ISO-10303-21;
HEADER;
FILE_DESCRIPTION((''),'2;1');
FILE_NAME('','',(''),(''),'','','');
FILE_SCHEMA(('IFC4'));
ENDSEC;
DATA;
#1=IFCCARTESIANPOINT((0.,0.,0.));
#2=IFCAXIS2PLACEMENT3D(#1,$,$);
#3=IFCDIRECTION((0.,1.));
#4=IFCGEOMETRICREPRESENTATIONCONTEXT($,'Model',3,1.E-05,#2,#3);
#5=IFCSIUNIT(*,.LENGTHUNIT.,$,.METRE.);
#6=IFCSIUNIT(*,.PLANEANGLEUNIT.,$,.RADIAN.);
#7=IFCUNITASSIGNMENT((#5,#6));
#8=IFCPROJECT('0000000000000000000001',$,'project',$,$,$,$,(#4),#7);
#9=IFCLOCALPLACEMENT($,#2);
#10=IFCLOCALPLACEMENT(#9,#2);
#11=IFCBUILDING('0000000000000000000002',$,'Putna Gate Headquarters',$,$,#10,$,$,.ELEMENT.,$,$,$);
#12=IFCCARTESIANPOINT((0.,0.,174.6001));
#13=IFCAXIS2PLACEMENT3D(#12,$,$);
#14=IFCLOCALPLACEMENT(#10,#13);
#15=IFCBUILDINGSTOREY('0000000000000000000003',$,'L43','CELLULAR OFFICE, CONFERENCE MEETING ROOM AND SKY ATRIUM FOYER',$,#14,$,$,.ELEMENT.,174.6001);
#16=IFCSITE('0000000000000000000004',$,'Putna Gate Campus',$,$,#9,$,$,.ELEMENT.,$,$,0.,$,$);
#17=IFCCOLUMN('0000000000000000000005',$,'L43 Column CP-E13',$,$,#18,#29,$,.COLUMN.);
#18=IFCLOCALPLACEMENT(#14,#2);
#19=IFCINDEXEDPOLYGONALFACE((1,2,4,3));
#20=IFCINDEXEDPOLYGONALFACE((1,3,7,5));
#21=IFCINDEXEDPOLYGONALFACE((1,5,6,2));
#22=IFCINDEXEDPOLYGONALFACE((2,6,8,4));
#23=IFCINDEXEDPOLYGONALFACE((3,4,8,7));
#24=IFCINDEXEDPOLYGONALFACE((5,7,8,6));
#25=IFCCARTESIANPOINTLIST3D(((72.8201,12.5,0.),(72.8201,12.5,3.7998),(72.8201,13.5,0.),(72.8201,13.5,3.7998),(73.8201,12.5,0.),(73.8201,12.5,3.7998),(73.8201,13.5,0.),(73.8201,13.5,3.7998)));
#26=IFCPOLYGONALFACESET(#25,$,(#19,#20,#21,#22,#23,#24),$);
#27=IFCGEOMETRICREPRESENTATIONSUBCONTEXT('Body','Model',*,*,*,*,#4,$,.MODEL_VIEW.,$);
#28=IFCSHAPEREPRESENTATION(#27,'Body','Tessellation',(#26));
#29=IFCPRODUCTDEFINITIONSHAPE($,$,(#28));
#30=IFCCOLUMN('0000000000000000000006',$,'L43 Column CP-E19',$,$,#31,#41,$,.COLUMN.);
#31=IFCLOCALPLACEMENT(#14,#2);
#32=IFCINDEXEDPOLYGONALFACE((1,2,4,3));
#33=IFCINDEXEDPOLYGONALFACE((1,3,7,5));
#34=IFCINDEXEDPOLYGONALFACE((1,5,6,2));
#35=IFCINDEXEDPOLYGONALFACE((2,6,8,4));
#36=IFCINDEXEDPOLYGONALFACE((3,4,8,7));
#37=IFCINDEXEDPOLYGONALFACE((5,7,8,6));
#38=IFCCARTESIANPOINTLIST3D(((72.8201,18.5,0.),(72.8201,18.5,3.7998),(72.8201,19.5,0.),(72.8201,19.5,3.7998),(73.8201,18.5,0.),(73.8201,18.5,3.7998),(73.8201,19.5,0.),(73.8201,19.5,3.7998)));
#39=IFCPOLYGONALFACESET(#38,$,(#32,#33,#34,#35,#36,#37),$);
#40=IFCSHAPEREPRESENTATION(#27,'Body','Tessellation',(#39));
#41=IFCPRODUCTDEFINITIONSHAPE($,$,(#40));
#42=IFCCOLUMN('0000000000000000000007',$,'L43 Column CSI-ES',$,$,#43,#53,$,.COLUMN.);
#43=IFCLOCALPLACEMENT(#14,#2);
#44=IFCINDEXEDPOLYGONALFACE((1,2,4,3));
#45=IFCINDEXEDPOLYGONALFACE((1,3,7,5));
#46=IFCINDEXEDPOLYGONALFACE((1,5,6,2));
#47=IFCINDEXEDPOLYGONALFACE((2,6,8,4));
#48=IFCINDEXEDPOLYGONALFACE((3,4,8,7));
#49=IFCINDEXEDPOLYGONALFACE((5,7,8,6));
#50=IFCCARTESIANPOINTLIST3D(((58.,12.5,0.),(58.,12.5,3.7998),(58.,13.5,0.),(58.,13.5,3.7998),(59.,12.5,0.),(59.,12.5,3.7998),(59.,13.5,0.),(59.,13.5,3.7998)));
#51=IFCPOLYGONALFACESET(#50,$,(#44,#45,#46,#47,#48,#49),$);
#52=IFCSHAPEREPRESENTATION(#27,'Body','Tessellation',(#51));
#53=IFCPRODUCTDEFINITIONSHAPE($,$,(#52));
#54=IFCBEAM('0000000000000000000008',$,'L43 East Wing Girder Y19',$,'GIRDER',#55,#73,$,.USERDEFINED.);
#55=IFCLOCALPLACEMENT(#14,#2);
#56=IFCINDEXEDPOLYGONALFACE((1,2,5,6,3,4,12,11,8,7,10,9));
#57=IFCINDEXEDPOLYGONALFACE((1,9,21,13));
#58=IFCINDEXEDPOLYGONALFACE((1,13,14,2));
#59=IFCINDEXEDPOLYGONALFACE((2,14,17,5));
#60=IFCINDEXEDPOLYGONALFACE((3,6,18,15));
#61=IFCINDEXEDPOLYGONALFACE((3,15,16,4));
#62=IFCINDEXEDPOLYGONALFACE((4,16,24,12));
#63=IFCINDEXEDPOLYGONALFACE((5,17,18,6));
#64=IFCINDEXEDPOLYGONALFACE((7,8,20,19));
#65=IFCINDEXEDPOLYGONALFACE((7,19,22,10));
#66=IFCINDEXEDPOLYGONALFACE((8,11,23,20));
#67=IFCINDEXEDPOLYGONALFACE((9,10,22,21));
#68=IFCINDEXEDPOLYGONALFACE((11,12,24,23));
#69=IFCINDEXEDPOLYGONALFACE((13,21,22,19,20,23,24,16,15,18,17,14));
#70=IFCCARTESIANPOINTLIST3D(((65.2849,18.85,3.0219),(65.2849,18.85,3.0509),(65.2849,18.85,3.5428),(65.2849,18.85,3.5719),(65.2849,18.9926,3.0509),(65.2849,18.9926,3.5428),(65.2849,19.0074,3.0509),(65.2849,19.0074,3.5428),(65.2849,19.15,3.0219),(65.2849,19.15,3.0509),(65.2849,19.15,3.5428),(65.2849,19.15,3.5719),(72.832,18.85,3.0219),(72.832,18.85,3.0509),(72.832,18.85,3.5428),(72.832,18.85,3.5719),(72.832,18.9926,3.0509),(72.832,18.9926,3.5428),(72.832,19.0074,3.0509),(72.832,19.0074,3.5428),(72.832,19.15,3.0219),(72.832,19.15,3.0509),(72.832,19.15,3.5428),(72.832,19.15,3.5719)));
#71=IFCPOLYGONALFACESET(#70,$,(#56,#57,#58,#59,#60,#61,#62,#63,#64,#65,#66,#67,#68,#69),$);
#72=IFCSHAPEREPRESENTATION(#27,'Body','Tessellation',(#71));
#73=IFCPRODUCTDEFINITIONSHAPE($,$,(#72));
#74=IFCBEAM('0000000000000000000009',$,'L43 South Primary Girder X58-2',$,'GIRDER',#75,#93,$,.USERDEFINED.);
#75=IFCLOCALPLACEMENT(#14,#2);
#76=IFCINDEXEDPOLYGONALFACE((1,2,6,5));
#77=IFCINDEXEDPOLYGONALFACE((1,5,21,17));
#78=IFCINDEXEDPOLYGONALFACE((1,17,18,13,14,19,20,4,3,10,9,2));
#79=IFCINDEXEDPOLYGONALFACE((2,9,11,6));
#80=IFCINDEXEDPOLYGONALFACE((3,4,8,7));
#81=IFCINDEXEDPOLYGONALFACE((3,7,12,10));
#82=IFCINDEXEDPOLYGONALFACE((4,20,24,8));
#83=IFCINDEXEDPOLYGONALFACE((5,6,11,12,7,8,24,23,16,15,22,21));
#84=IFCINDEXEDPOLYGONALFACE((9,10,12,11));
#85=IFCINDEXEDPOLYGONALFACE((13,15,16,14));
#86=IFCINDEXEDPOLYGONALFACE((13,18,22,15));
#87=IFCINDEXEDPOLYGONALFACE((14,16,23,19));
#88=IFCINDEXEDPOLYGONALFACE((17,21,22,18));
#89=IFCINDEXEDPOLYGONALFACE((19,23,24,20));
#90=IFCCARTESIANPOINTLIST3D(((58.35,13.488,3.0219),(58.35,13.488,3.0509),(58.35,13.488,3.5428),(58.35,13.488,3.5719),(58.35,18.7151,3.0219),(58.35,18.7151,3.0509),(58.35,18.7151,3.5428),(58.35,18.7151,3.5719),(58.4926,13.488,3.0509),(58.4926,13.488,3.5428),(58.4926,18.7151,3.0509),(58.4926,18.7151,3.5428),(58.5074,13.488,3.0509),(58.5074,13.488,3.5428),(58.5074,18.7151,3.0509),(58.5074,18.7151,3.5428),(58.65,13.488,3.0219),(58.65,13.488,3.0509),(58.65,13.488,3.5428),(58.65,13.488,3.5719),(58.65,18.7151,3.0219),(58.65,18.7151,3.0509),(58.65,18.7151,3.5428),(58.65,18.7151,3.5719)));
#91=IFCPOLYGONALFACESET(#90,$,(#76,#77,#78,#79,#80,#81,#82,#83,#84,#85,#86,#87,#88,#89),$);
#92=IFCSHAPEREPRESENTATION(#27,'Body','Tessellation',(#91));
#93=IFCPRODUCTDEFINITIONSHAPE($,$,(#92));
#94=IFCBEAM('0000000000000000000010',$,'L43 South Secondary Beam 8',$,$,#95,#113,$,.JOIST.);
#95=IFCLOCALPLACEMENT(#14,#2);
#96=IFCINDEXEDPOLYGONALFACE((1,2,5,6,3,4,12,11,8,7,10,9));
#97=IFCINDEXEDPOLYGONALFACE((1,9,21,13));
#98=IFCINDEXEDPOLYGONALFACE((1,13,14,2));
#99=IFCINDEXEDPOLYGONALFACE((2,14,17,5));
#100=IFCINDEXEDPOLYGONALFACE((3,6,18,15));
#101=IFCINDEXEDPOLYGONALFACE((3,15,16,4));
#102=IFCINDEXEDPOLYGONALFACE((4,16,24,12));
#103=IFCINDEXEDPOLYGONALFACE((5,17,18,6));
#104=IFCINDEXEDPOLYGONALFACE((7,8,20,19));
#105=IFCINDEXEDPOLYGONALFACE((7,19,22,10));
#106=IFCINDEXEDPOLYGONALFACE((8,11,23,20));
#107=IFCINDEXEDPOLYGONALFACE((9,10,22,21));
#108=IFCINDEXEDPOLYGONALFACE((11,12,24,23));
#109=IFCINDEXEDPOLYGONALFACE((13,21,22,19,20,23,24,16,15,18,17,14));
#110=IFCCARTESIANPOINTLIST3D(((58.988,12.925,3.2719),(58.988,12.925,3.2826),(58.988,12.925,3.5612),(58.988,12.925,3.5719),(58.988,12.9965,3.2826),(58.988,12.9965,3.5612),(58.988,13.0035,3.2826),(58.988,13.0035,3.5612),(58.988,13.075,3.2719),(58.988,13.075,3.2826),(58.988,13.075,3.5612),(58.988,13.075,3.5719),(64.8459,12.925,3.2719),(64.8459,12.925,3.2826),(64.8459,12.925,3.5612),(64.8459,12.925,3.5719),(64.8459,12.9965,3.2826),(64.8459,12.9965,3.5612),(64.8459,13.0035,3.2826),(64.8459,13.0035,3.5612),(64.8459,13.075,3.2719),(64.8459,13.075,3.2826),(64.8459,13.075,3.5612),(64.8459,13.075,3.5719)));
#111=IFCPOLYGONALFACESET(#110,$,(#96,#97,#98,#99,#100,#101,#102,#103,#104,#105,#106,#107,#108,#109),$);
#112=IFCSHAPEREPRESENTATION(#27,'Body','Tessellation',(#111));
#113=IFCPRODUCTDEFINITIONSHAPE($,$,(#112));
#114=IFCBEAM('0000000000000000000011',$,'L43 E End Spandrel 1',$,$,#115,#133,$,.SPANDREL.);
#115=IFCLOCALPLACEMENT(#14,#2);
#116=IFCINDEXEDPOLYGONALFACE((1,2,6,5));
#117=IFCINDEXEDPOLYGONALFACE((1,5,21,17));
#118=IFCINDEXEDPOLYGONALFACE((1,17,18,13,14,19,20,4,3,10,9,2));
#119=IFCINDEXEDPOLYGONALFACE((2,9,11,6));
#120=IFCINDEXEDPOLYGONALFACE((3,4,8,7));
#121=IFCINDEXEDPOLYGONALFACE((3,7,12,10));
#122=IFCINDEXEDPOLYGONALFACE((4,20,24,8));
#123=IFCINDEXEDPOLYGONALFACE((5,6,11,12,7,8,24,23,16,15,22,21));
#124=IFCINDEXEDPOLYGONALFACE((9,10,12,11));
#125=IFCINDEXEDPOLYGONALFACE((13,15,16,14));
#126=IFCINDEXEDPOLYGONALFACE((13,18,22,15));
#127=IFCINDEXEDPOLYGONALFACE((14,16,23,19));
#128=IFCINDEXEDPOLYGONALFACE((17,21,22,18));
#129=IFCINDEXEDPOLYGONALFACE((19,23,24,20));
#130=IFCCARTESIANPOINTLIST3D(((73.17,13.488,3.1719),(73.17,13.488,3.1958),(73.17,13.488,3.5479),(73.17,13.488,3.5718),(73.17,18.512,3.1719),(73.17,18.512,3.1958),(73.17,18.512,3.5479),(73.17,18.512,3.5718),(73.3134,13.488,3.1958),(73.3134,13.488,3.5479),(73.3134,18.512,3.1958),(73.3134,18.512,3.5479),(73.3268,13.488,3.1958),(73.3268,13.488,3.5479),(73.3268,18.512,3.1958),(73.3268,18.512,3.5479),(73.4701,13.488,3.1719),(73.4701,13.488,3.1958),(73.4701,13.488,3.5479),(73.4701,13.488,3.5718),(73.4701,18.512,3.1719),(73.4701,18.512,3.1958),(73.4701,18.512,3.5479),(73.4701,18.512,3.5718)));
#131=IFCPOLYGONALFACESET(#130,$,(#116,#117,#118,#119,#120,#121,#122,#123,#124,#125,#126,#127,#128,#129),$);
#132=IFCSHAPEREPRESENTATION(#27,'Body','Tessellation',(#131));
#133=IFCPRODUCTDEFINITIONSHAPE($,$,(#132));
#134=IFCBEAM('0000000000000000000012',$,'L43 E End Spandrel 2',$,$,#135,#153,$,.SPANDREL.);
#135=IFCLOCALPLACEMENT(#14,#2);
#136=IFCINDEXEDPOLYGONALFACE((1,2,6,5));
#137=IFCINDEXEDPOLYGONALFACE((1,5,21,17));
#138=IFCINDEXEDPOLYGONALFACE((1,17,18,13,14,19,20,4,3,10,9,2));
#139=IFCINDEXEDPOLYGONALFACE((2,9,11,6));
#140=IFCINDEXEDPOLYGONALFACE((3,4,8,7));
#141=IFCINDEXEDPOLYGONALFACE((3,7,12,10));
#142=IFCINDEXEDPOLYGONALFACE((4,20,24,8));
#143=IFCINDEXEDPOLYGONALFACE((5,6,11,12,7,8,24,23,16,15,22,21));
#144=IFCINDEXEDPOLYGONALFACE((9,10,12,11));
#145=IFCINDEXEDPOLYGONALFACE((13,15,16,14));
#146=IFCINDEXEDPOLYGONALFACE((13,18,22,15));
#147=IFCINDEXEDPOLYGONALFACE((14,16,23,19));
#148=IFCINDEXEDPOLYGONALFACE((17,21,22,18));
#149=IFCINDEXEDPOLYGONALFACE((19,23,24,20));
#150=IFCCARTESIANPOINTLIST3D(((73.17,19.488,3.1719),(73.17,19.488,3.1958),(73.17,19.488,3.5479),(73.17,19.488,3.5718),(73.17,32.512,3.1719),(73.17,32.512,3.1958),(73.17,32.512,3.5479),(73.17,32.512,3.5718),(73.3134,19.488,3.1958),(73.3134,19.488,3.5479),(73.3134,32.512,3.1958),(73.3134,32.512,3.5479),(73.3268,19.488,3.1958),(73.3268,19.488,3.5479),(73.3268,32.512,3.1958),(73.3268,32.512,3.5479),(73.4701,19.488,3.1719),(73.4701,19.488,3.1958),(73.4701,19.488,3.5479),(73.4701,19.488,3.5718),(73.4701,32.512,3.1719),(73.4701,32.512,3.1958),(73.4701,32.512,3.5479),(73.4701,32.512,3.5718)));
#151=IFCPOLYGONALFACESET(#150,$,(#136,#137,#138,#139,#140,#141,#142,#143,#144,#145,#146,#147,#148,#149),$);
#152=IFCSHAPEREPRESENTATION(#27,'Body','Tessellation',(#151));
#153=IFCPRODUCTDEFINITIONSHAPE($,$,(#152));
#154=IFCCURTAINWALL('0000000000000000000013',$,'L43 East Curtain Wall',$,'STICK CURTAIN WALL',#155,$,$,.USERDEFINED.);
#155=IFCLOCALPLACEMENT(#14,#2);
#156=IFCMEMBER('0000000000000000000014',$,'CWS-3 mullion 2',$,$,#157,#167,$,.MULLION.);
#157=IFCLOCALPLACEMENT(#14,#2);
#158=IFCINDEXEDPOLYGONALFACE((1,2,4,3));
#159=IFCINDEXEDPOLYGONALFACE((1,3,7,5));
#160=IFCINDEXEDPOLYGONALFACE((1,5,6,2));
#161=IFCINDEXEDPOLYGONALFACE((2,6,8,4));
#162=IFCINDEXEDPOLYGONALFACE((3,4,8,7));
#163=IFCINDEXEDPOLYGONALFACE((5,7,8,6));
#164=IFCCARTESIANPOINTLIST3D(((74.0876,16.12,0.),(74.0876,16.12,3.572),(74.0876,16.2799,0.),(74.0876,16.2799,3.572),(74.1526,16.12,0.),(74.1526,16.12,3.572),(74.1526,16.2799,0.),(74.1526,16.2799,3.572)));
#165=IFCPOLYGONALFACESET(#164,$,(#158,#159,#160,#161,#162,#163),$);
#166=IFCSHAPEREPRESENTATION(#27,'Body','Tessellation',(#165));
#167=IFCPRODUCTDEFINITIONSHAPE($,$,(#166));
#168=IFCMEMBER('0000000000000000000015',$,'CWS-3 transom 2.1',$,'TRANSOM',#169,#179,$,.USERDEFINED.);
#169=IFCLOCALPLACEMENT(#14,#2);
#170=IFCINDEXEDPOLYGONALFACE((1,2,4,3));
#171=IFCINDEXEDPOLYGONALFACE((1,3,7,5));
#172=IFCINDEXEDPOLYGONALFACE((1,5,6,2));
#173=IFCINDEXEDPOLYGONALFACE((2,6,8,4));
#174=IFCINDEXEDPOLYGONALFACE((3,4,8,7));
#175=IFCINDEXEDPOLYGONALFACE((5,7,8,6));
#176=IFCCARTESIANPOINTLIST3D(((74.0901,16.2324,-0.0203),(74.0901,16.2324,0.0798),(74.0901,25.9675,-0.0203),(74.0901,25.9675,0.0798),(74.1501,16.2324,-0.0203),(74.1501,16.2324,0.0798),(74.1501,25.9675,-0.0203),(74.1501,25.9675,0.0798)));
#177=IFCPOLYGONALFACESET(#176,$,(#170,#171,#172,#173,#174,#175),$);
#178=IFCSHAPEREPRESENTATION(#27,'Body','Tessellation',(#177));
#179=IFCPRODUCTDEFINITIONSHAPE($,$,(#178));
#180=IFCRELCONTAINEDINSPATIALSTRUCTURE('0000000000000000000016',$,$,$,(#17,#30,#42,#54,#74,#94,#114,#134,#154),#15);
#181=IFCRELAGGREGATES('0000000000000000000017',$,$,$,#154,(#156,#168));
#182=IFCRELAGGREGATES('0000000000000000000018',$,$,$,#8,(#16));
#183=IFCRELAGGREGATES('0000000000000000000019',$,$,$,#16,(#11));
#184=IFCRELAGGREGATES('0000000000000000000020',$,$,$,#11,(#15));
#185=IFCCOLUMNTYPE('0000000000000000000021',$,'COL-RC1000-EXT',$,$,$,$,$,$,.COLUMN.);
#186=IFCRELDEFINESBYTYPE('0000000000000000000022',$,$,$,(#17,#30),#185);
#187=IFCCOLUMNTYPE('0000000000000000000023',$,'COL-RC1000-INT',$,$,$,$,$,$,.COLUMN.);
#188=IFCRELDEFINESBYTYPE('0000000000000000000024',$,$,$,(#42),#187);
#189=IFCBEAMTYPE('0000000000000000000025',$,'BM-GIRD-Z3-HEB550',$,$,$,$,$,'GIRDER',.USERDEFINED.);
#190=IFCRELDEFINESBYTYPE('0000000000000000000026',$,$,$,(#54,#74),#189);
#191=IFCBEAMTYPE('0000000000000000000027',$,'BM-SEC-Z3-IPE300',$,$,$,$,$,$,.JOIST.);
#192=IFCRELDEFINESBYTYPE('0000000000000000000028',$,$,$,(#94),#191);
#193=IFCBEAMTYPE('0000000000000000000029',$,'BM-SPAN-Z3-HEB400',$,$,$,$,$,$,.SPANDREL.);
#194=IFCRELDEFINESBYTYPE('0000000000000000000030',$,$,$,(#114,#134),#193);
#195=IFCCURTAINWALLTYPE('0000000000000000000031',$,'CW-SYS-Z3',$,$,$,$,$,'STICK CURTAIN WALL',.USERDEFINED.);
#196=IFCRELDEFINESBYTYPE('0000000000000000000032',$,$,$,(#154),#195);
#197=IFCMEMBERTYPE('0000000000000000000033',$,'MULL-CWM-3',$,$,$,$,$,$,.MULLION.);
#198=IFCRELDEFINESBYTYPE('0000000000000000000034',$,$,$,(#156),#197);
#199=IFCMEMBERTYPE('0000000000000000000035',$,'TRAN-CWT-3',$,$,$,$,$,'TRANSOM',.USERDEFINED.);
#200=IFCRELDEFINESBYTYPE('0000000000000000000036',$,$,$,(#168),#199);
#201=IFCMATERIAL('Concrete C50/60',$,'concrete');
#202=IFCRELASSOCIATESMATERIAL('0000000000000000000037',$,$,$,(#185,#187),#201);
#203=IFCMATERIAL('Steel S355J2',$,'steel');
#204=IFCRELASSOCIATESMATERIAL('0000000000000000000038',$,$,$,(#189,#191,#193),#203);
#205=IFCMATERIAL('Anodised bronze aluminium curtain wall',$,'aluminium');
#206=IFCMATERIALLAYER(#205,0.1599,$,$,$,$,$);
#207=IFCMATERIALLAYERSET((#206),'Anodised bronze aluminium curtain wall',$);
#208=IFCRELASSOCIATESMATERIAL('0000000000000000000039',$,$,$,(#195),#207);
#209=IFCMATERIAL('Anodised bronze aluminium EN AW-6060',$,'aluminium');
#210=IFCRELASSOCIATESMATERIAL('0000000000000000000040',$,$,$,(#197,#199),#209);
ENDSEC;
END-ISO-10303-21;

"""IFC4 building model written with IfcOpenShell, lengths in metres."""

from ifc_helpers import new_model, si_unit, direction, frame, origin, origin_2d, place, context, subcontext, project, spatial, rectangle, i_section, extrude, material, layer, layer_set, material_profile, profile_set, type_object, element, aggregate, save


model = new_model("IFC4")

# Units and contexts
model_context = context("Model", 3, precision=1e-05, world=origin(), true_north=direction((0.0, 1.0)))
body_context = subcontext(model_context, "Body", "Model", "MODEL_VIEW")
ifc_project = project(units=[si_unit("LENGTHUNIT", "METRE"), si_unit("PLANEANGLEUNIT", "RADIAN")], contexts=[model_context])

# Site, building, storey
site_placement = place(None, origin())
site = spatial("IfcSite", under=ifc_project, at=site_placement, Name="Putna Gate Campus", CompositionType="ELEMENT", RefElevation=0.0)
building_placement = place(site_placement, origin())
building = spatial("IfcBuilding", under=site, at=building_placement, Name="Putna Gate Headquarters", CompositionType="ELEMENT")
storey_placement = place(building_placement, frame((0.0, 0.0, 174.6001)))
storey = spatial("IfcBuildingStorey", under=building, at=storey_placement, Name="L43", Description="CELLULAR OFFICE, CONFERENCE MEETING ROOM AND SKY ATRIUM FOYER", CompositionType="ELEMENT", Elevation=174.6001)

# Columns
ifc_material_1 = material(Name="Concrete C50/60", Category="concrete")
ifc_material_profile_1 = material_profile(ifc_material_1, rectangle(XDim=1.0, YDim=1.0, at=origin_2d()), Name="Concrete C50/60")
ifc_profile_set_1 = profile_set([ifc_material_profile_1], Name="Concrete C50/60")
column_type_1 = type_object("IfcColumnType", Name="COL-RC1000-EXT", PredefinedType="COLUMN", material=ifc_profile_set_1)
for number, where, z_axis, x_axis, name in (
    (1, (73.3201, 13.0, 0.0), (0.0, 0.0, 1.0), (1.0, 0.0, 0.0), "L43 Column CP-E13"),
    (2, (73.3201, 19.0, 0.0), (0.0, 0.0, 1.0), (1.0, 0.0, 0.0), "L43 Column CP-E19"),
):
    element("IfcColumn", number, at=place(storey_placement, frame(where, z_axis=z_axis, x_axis=x_axis)), inside=storey, type_object=column_type_1, Name=name, PredefinedType="COLUMN", context=body_context, shape_type="SweptSolid", body=[
        extrude(rectangle(XDim=1.0, YDim=1.0, at=origin_2d()), origin(), (0.0, 0.0, 1.0), 3.7998),
    ])
ifc_material_profile_2 = material_profile(ifc_material_1, rectangle(XDim=1.0, YDim=1.0, at=origin_2d()), Name="Concrete C50/60")
ifc_profile_set_2 = profile_set([ifc_material_profile_2], Name="Concrete C50/60")
column_type_2 = type_object("IfcColumnType", Name="COL-RC1000-INT", PredefinedType="COLUMN", material=ifc_profile_set_2)
column_placement = place(storey_placement, frame((58.5, 13.0, 0.0), z_axis=(0.0, 0.0, 1.0), x_axis=(1.0, 0.0, 0.0)))
element("IfcColumn", 3, at=column_placement, inside=storey, type_object=column_type_2, Name="L43 Column CSI-ES", PredefinedType="COLUMN", context=body_context, shape_type="SweptSolid", body=[
    extrude(rectangle(XDim=1.0, YDim=1.0, at=origin_2d()), origin(), (0.0, 0.0, 1.0), 3.7998),
])

# Beams
ifc_material_2 = material(Name="Steel S355J2", Category="steel")
ifc_material_profile_3 = material_profile(ifc_material_2, i_section(OverallWidth=0.3, OverallDepth=0.55, WebThickness=0.0149, FlangeThickness=0.0291, at=origin_2d()), Name="Steel S355J2")
ifc_profile_set_3 = profile_set([ifc_material_profile_3], Name="Steel S355J2")
beam_type_1 = type_object("IfcBeamType", Name="BM-GIRD-Z3-HEB550", ElementType="GIRDER", PredefinedType="USERDEFINED", material=ifc_profile_set_3)
beam_1_placement = place(storey_placement, frame((65.2849, 19.0, 3.2969), z_axis=(1.0, 0.0, 0.0), x_axis=(0.0, 1.0, 0.0)))
element("IfcBeam", 4, at=beam_1_placement, inside=storey, type_object=beam_type_1, Name="L43 East Wing Girder Y19", ObjectType="GIRDER", PredefinedType="USERDEFINED", context=body_context, shape_type="SweptSolid", body=[
    extrude(i_section(OverallWidth=0.3, OverallDepth=0.55, WebThickness=0.0149, FlangeThickness=0.0291, at=origin_2d()), origin(), (0.0, 0.0, 1.0), 7.5471),
])
beam_2_placement = place(storey_placement, frame((58.5, 13.488, 3.2969), z_axis=(0.0, 1.0, 0.0), x_axis=(-1.0, 0.0, 0.0)))
element("IfcBeam", 5, at=beam_2_placement, inside=storey, type_object=beam_type_1, Name="L43 South Primary Girder X58-2", ObjectType="GIRDER", PredefinedType="USERDEFINED", context=body_context, shape_type="SweptSolid", body=[
    extrude(i_section(OverallWidth=0.3, OverallDepth=0.55, WebThickness=0.0149, FlangeThickness=0.0291, at=origin_2d()), origin(), (0.0, 0.0, 1.0), 5.2271),
])
ifc_material_profile_4 = material_profile(ifc_material_2, i_section(OverallWidth=0.1499, OverallDepth=0.3, WebThickness=0.0071, FlangeThickness=0.0107, at=origin_2d()), Name="Steel S355J2")
ifc_profile_set_4 = profile_set([ifc_material_profile_4], Name="Steel S355J2")
beam_type_2 = type_object("IfcBeamType", Name="BM-SEC-Z3-IPE300", PredefinedType="JOIST", material=ifc_profile_set_4)
beam_3_placement = place(storey_placement, frame((58.988, 13.0, 3.4219), z_axis=(1.0, 0.0, 0.0), x_axis=(0.0, 1.0, 0.0)))
element("IfcBeam", 6, at=beam_3_placement, inside=storey, type_object=beam_type_2, Name="L43 South Secondary Beam 8", PredefinedType="JOIST", context=body_context, shape_type="SweptSolid", body=[
    extrude(i_section(OverallWidth=0.1499, OverallDepth=0.3, WebThickness=0.0071, FlangeThickness=0.0107, at=origin_2d()), origin(), (0.0, 0.0, 1.0), 5.8579),
])
ifc_material_profile_5 = material_profile(ifc_material_2, i_section(OverallWidth=0.3, OverallDepth=0.3999, WebThickness=0.0134, FlangeThickness=0.0239, at=origin_2d()), Name="Steel S355J2")
ifc_profile_set_5 = profile_set([ifc_material_profile_5], Name="Steel S355J2")
beam_type_3 = type_object("IfcBeamType", Name="BM-SPAN-Z3-HEB400", PredefinedType="SPANDREL", material=ifc_profile_set_5)
beam_4_placement = place(storey_placement, frame((73.3201, 13.488, 3.3718), z_axis=(0.0, 1.0, 0.0), x_axis=(-1.0, 0.0, 0.0)))
element("IfcBeam", 7, at=beam_4_placement, inside=storey, type_object=beam_type_3, Name="L43 E End Spandrel 1", PredefinedType="SPANDREL", context=body_context, shape_type="SweptSolid", body=[
    extrude(i_section(OverallWidth=0.3, OverallDepth=0.3999, WebThickness=0.0134, FlangeThickness=0.0239, at=origin_2d()), origin(), (0.0, 0.0, 1.0), 5.0239),
])
beam_5_placement = place(storey_placement, frame((73.3201, 19.488, 3.3718), z_axis=(0.0, 1.0, 0.0), x_axis=(-1.0, 0.0, 0.0)))
element("IfcBeam", 8, at=beam_5_placement, inside=storey, type_object=beam_type_3, Name="L43 E End Spandrel 2", PredefinedType="SPANDREL", context=body_context, shape_type="SweptSolid", body=[
    extrude(i_section(OverallWidth=0.3, OverallDepth=0.3999, WebThickness=0.0134, FlangeThickness=0.0239, at=origin_2d()), origin(), (0.0, 0.0, 1.0), 13.0239),
])

# Curtain wall, members
ifc_material_3 = material(Name="Anodised bronze aluminium curtain wall", Category="aluminium")
ifc_layer_1 = layer(ifc_material_3, 0.1599)
ifc_layer_set_1 = layer_set([ifc_layer_1], Name="Anodised bronze aluminium curtain wall")
curtain_wall_type = type_object("IfcCurtainWallType", Name="CW-SYS-Z3", ElementType="STICK CURTAIN WALL", PredefinedType="USERDEFINED", material=ifc_layer_set_1)
curtain_wall_placement = place(storey_placement, origin())
curtain_wall = element("IfcCurtainWall", 9, at=curtain_wall_placement, inside=storey, type_object=curtain_wall_type, Name="L43 East Curtain Wall", ObjectType="STICK CURTAIN WALL", PredefinedType="USERDEFINED")
ifc_material_4 = material(Name="Anodised bronze aluminium EN AW-6060", Category="aluminium")
ifc_material_profile_6 = material_profile(ifc_material_4, rectangle(XDim=0.0649, YDim=0.1599, at=origin_2d()), Name="Anodised bronze aluminium EN AW-6060")
ifc_profile_set_6 = profile_set([ifc_material_profile_6], Name="Anodised bronze aluminium EN AW-6060")
member_type_1 = type_object("IfcMemberType", Name="MULL-CWM-3", PredefinedType="MULLION", material=ifc_profile_set_6)
member_1_placement = place(storey_placement, frame((74.1201, 16.2, 0.0), z_axis=(0.0, 0.0, 1.0), x_axis=(-1.0, 0.0, 0.0)))
member_1 = element("IfcMember", 10, at=member_1_placement, type_object=member_type_1, Name="CWS-3 mullion 2", PredefinedType="MULLION", context=body_context, shape_type="SweptSolid", body=[
    extrude(rectangle(XDim=0.0649, YDim=0.1599, at=origin_2d()), origin(), (0.0, 0.0, 1.0), 3.572),
])
ifc_material_profile_7 = material_profile(ifc_material_4, rectangle(XDim=0.0601, YDim=0.1001, at=origin_2d()), Name="Anodised bronze aluminium EN AW-6060")
ifc_profile_set_7 = profile_set([ifc_material_profile_7], Name="Anodised bronze aluminium EN AW-6060")
member_type_2 = type_object("IfcMemberType", Name="TRAN-CWT-3", ElementType="TRANSOM", PredefinedType="USERDEFINED", material=ifc_profile_set_7)
member_2_placement = place(storey_placement, frame((74.1201, 16.2324, 0.0298), z_axis=(0.0, 1.0, 0.0), x_axis=(-1.0, 0.0, 0.0)))
member_2 = element("IfcMember", 11, at=member_2_placement, type_object=member_type_2, Name="CWS-3 transom 2.1", ObjectType="TRANSOM", PredefinedType="USERDEFINED", context=body_context, shape_type="SweptSolid", body=[
    extrude(rectangle(XDim=0.0601, YDim=0.1001, at=origin_2d()), origin(), (0.0, 0.0, 1.0), 9.7351),
])
aggregate(curtain_wall, [member_1, member_2])

save(model, "model.ifc")
